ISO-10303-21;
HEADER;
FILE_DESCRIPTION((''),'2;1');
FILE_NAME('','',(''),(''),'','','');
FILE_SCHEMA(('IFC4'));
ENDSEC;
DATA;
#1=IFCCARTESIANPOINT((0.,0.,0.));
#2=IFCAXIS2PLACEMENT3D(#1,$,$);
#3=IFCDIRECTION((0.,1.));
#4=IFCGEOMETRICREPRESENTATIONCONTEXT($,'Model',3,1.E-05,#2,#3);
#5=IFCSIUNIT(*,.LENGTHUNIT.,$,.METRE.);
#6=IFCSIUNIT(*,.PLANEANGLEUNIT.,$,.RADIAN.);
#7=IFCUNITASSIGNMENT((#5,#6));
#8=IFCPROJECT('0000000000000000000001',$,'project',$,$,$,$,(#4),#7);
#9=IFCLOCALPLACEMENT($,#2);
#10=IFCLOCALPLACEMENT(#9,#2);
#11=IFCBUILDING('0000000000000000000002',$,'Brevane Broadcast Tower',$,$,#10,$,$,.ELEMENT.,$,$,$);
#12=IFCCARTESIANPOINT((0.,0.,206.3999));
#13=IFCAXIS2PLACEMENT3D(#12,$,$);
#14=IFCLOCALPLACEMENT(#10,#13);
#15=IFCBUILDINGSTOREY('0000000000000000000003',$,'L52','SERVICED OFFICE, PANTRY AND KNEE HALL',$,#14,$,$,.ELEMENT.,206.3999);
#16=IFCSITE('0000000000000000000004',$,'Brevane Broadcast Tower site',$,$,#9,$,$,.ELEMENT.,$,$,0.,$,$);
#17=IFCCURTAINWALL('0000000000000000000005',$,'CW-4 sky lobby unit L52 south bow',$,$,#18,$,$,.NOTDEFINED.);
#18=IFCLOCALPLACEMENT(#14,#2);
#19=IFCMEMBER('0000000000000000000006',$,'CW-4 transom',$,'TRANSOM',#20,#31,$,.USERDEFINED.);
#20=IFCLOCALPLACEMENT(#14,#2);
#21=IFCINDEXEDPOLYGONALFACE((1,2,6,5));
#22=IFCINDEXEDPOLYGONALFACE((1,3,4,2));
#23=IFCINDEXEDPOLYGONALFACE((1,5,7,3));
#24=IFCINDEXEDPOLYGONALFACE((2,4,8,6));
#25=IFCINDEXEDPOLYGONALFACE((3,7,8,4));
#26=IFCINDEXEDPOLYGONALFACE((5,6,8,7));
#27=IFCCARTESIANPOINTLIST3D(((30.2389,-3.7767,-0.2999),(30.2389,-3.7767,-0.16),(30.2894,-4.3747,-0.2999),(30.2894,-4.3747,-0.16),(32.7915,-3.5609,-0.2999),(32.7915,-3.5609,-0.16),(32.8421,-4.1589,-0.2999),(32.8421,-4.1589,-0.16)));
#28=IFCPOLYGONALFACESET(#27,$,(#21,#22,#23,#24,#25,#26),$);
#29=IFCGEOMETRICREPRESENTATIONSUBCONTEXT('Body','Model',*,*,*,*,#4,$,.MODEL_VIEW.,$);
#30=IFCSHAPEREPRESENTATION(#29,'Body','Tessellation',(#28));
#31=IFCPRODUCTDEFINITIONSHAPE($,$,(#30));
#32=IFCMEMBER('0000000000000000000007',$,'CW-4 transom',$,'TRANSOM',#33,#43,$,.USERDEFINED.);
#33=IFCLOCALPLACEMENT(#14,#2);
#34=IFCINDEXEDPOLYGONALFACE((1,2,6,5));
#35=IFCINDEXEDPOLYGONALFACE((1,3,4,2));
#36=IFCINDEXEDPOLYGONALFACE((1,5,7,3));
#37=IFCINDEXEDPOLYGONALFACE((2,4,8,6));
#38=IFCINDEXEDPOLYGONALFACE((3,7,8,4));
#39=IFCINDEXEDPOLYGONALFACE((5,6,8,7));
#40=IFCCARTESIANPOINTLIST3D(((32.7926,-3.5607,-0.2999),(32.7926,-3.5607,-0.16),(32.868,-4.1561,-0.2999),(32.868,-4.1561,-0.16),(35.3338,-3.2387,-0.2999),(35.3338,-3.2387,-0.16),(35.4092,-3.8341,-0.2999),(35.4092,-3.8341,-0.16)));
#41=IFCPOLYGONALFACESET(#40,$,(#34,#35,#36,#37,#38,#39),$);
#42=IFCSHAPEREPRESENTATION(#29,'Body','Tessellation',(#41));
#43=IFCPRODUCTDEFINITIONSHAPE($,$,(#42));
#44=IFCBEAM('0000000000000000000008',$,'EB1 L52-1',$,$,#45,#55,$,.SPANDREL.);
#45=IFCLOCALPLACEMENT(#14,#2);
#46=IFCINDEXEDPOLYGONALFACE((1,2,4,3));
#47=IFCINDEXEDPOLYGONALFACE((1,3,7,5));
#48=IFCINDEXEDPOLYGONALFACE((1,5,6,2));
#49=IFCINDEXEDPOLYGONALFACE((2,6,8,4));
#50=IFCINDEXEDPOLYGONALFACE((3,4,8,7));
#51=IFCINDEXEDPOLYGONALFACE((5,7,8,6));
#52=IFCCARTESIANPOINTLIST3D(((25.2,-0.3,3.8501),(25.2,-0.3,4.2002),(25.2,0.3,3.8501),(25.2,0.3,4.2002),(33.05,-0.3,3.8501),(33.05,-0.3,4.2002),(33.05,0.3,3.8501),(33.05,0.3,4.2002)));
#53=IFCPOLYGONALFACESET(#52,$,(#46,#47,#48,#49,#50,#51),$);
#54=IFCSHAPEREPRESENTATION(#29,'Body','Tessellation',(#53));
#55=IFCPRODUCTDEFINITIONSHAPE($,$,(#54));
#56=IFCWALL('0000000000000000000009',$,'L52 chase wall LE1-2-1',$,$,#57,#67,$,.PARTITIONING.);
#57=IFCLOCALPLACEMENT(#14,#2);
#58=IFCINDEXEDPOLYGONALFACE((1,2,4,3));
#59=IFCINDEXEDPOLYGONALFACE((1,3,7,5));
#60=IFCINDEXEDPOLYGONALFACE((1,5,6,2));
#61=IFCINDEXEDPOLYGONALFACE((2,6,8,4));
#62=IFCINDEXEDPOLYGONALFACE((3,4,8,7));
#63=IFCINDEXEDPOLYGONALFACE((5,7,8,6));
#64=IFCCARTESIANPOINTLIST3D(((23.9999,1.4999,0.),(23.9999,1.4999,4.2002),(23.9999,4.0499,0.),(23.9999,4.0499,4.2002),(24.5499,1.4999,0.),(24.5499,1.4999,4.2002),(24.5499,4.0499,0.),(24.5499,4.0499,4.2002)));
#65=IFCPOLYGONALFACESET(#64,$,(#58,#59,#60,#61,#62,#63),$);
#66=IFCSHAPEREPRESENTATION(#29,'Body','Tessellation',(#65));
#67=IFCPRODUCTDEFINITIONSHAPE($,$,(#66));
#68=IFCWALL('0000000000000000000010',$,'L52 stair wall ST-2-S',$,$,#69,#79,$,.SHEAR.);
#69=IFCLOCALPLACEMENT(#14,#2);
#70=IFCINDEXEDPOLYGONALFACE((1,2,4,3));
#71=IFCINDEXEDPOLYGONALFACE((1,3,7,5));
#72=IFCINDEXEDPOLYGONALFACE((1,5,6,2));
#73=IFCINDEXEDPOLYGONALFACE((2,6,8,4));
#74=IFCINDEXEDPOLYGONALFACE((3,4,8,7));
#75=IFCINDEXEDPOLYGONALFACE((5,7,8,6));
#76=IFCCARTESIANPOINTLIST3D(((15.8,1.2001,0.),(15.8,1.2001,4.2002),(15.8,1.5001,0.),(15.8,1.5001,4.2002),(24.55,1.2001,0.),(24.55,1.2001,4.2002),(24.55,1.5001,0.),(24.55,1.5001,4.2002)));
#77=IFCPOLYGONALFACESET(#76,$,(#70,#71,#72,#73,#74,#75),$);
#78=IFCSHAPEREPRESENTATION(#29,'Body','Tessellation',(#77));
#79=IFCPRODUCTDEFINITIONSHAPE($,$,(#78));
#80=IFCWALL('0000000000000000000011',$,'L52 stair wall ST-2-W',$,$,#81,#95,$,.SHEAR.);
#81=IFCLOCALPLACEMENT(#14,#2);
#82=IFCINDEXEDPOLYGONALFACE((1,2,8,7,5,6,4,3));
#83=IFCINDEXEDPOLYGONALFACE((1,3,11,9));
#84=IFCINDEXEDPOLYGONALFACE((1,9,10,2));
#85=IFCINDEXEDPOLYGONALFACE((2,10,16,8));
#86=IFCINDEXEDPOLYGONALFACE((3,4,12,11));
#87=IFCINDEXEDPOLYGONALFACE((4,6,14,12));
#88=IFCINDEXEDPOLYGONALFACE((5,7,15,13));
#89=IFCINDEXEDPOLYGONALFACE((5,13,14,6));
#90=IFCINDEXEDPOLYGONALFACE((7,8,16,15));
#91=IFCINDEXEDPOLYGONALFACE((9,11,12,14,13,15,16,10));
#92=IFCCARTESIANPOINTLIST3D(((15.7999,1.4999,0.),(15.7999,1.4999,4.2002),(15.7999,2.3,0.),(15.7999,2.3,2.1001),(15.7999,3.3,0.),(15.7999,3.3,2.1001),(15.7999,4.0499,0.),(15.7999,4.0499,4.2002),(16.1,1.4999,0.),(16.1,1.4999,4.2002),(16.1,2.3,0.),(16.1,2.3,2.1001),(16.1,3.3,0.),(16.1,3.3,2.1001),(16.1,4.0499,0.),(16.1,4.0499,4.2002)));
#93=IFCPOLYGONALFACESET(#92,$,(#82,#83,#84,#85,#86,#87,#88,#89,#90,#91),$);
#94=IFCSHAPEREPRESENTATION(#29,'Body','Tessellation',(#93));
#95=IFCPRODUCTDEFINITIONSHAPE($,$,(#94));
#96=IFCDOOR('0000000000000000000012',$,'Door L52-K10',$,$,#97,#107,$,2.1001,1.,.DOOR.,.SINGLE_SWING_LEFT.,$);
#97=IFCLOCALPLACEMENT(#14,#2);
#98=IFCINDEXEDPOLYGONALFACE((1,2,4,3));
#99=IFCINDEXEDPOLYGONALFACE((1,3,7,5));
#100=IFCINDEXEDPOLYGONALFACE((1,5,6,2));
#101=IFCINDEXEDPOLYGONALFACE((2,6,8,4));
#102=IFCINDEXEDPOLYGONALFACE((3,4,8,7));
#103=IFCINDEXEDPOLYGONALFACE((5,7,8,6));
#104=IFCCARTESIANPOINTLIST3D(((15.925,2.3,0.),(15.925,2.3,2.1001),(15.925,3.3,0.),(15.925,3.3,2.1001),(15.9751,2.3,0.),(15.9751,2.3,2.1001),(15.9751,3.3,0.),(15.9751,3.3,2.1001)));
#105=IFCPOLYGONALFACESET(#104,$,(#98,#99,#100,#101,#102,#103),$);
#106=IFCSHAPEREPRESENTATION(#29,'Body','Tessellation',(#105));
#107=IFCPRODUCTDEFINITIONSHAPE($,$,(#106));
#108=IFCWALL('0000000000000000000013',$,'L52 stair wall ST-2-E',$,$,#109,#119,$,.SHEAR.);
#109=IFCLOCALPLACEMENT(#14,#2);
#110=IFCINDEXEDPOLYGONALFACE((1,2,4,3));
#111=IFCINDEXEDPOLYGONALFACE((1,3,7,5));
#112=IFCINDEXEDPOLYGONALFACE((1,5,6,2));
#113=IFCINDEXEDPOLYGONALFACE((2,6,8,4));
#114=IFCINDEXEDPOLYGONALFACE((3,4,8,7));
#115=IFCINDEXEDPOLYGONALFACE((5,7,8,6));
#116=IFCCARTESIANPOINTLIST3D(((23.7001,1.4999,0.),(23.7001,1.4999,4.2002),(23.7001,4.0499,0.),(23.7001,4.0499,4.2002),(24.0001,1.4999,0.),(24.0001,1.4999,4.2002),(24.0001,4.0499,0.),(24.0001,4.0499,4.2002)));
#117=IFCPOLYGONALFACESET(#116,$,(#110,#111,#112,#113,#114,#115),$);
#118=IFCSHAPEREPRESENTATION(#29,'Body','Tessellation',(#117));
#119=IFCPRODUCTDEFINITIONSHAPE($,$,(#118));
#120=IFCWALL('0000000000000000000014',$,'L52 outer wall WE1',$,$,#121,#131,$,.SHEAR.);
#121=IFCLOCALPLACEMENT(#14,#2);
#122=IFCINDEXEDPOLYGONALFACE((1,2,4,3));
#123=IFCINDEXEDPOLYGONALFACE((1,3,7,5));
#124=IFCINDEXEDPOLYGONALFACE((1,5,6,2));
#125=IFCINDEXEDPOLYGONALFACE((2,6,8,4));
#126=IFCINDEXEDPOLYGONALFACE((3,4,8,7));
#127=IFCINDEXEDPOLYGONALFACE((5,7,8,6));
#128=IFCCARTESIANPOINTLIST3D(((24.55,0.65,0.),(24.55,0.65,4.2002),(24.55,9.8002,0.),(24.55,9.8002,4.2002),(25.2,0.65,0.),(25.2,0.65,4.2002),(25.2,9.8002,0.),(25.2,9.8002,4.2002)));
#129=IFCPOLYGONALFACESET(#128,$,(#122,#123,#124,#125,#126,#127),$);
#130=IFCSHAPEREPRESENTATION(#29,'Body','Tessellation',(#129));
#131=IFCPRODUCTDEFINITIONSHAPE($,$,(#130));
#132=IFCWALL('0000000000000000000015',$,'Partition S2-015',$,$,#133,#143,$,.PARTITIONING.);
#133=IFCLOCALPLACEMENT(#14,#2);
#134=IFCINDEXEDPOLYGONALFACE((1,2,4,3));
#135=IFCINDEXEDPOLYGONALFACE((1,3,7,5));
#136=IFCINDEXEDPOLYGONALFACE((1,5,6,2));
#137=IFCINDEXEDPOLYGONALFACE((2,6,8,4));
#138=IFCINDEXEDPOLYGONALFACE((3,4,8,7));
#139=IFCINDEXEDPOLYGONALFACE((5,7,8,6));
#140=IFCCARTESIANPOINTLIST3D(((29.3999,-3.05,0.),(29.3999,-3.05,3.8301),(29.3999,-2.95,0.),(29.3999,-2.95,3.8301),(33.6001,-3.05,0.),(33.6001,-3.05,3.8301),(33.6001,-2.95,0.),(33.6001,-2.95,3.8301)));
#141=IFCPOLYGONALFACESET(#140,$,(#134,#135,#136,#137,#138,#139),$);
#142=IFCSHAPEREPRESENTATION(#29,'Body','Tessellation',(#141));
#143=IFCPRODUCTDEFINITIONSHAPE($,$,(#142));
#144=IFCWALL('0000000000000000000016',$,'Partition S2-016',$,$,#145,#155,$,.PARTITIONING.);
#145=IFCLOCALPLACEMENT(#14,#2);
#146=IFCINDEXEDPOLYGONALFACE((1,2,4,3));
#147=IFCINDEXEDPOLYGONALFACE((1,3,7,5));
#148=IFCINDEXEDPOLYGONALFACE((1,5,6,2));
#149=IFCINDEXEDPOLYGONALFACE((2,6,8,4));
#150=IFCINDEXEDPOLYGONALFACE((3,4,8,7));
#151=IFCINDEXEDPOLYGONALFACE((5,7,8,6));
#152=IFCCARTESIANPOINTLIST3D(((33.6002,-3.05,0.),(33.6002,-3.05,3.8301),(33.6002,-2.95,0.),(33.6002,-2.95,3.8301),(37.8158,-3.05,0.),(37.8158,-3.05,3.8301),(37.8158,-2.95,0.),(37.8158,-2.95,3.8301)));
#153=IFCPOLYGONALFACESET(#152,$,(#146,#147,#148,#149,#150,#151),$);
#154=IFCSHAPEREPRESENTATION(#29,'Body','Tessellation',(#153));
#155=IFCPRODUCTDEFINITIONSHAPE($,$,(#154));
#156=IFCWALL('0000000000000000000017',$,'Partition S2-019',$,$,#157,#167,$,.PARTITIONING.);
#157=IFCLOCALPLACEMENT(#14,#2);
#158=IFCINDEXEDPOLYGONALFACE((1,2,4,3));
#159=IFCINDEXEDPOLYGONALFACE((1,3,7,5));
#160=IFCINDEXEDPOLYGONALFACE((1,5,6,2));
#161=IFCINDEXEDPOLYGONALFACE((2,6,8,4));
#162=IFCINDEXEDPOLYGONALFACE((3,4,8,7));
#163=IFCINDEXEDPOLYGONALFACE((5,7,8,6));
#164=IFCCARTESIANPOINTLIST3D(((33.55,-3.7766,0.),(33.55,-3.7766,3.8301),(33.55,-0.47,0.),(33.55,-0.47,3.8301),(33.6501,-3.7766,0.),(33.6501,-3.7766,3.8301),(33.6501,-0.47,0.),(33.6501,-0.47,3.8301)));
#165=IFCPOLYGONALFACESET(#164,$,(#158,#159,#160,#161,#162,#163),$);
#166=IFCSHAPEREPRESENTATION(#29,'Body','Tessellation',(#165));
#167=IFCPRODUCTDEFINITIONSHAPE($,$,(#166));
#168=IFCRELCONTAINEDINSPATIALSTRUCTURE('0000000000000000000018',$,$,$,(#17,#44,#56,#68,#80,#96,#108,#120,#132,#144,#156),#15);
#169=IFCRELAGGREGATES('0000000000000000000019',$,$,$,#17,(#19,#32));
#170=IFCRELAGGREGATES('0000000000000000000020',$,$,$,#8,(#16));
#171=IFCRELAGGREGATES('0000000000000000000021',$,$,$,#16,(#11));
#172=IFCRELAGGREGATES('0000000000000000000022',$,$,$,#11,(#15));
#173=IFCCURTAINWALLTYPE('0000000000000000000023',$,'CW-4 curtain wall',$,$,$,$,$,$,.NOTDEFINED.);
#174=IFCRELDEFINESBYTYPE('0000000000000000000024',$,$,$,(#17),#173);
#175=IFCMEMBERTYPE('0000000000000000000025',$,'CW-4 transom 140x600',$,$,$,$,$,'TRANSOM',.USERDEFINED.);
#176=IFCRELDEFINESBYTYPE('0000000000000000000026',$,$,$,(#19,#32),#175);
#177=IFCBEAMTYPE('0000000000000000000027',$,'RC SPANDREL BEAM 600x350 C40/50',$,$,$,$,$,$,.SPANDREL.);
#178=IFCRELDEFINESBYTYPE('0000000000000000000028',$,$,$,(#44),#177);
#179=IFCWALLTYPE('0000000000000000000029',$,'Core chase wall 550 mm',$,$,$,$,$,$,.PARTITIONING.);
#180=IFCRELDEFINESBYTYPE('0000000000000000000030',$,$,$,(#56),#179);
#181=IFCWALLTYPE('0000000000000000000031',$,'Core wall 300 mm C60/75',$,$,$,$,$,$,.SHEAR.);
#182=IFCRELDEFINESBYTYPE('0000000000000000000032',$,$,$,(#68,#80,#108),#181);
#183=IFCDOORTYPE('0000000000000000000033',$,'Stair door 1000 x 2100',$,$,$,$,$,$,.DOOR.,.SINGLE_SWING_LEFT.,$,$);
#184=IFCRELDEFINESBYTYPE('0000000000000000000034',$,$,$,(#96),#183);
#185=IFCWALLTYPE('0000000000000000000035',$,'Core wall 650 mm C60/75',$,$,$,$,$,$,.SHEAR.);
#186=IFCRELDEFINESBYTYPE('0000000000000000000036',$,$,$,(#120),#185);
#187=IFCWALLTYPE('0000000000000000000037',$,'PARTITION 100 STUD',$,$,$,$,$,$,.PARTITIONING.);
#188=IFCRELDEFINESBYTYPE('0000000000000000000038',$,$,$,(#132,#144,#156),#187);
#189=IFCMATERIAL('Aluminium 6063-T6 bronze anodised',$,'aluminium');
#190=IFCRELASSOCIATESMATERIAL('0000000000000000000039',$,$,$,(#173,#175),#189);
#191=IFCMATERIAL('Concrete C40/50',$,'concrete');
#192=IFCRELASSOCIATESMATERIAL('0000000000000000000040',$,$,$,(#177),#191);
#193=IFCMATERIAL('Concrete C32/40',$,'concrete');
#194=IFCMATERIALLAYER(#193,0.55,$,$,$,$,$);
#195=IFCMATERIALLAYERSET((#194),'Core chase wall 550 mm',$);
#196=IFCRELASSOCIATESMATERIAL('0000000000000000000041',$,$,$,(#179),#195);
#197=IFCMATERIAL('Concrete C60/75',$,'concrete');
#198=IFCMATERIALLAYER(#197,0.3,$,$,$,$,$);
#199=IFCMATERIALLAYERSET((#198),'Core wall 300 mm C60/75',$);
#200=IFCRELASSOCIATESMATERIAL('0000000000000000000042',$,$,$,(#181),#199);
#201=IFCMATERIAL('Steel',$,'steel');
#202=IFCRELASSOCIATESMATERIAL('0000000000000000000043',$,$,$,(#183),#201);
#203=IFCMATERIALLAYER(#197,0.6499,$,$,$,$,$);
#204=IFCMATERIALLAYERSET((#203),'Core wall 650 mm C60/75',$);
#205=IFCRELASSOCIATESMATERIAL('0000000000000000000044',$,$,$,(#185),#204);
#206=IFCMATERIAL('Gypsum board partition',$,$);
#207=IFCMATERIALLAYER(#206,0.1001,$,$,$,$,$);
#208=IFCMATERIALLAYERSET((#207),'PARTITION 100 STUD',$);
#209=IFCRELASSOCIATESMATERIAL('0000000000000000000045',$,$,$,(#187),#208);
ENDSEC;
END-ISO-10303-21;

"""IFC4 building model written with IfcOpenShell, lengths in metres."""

from ifc_helpers import new_model, si_unit, direction, frame, frame_2d, origin, origin_2d, place, context, subcontext, project, spatial, rectangle, extrude, material, layer, layer_set, material_profile, profile_set, type_object, element, fill, aggregate, save


model = new_model("IFC4")

# Units and contexts
model_context = context("Model", 3, precision=1e-05, world=origin(), true_north=direction((0.0, 1.0)))
body_context = subcontext(model_context, "Body", "Model", "MODEL_VIEW")
ifc_project = project(units=[si_unit("LENGTHUNIT", "METRE"), si_unit("PLANEANGLEUNIT", "RADIAN")], contexts=[model_context])

# Site, building, storey
site_placement = place(None, origin())
site = spatial("IfcSite", under=ifc_project, at=site_placement, Name="Brevane Broadcast Tower site", CompositionType="ELEMENT", RefElevation=0.0)
building_placement = place(site_placement, origin())
building = spatial("IfcBuilding", under=site, at=building_placement, Name="Brevane Broadcast Tower", CompositionType="ELEMENT")
storey_placement = place(building_placement, frame((0.0, 0.0, 206.3999)))
storey = spatial("IfcBuildingStorey", under=building, at=storey_placement, Name="L52", Description="SERVICED OFFICE, PANTRY AND KNEE HALL", CompositionType="ELEMENT", Elevation=206.3999)

# Curtain wall, members
ifc_material_1 = material(Name="Aluminium 6063-T6 bronze anodised", Category="aluminium")
curtain_wall_type = type_object("IfcCurtainWallType", Name="CW-4 curtain wall", PredefinedType="NOTDEFINED", material=ifc_material_1)
curtain_wall_placement = place(storey_placement, origin())
curtain_wall = element("IfcCurtainWall", 1, at=curtain_wall_placement, inside=storey, type_object=curtain_wall_type, Name="CW-4 sky lobby unit L52 south bow", PredefinedType="NOTDEFINED")
ifc_material_profile_1 = material_profile(ifc_material_1, rectangle(XDim=0.6001, YDim=0.1399, at=origin_2d()), Name="RECT 140x600")
ifc_profile_set_1 = profile_set([ifc_material_profile_1], Name="Aluminium 6063-T6 bronze anodised")
member_type_1 = type_object("IfcMemberType", Name="CW-4 transom 140x600", ElementType="TRANSOM", PredefinedType="USERDEFINED", material=ifc_profile_set_1)
member_1_placement = place(storey_placement, frame((30.2642, -4.0757, -0.23), z_axis=(0.996445, 0.084244, 0.0), x_axis=(-0.084244, 0.996445, 0.0)))
member_1 = element("IfcMember", 2, at=member_1_placement, type_object=member_type_1, Name="CW-4 transom", ObjectType="TRANSOM", PredefinedType="USERDEFINED", context=body_context, shape_type="SweptSolid", body=[
    extrude(rectangle(XDim=0.6001, YDim=0.1399, at=origin_2d()), origin(), (0.0, 0.0, 1.0), 2.5618),
])
member_2_placement = place(storey_placement, frame((32.8303, -3.8584, -0.23), z_axis=(0.992067, 0.125712, 0.0), x_axis=(-0.125712, 0.992067, 0.0)))
member_2 = element("IfcMember", 3, at=member_2_placement, type_object=member_type_1, Name="CW-4 transom", ObjectType="TRANSOM", PredefinedType="USERDEFINED", context=body_context, shape_type="SweptSolid", body=[
    extrude(rectangle(XDim=0.6001, YDim=0.1399, at=origin_2d()), origin(), (0.0, 0.0, 1.0), 2.5615),
])
aggregate(curtain_wall, [member_1, member_2])

# Beam
ifc_material_2 = material(Name="Concrete C40/50", Category="concrete")
ifc_material_profile_2 = material_profile(ifc_material_2, rectangle(XDim=0.6001, YDim=0.3501, at=origin_2d()), Name="RC 600x350")
ifc_profile_set_2 = profile_set([ifc_material_profile_2], Name="Concrete C40/50")
beam_type = type_object("IfcBeamType", Name="RC SPANDREL BEAM 600x350 C40/50", PredefinedType="SPANDREL", material=ifc_profile_set_2)
beam_placement = place(storey_placement, frame((25.2, 0.0, 4.0251), z_axis=(1.0, 0.0, 0.0), x_axis=(0.0, 1.0, 0.0)))
element("IfcBeam", 4, at=beam_placement, inside=storey, type_object=beam_type, Name="EB1 L52-1", PredefinedType="SPANDREL", context=body_context, shape_type="SweptSolid", body=[
    extrude(rectangle(XDim=0.6001, YDim=0.3501, at=origin_2d()), origin(), (0.0, 0.0, 1.0), 7.8501),
])

# Walls
ifc_material_3 = material(Name="Concrete C32/40", Category="concrete")
ifc_layer_1 = layer(ifc_material_3, 0.55)
ifc_layer_set_1 = layer_set([ifc_layer_1], Name="Core chase wall 550 mm")
wall_type_1 = type_object("IfcWallType", Name="Core chase wall 550 mm", PredefinedType="PARTITIONING", material=ifc_layer_set_1)
wall_1_placement = place(storey_placement, frame((24.2749, 1.5, 0.0), z_axis=(0.0, 0.0, 1.0), x_axis=(0.0, 1.0, 0.0)))
element("IfcWall", 5, at=wall_1_placement, inside=storey, type_object=wall_type_1, Name="L52 chase wall LE1-2-1", PredefinedType="PARTITIONING", context=body_context, shape_type="SweptSolid", body=[
    extrude(rectangle(XDim=2.55, YDim=0.55, at=frame_2d((1.2749, 0.0))), origin(), (0.0, 0.0, 1.0), 4.2002),
])
ifc_material_4 = material(Name="Concrete C60/75", Category="concrete")
ifc_layer_2 = layer(ifc_material_4, 0.3)
ifc_layer_set_2 = layer_set([ifc_layer_2], Name="Core wall 300 mm C60/75")
wall_type_2 = type_object("IfcWallType", Name="Core wall 300 mm C60/75", PredefinedType="SHEAR", material=ifc_layer_set_2)
wall_2_placement = place(storey_placement, frame((15.8, 1.3501, 0.0), z_axis=(0.0, 0.0, 1.0), x_axis=(1.0, 0.0, 0.0)))
element("IfcWall", 6, at=wall_2_placement, inside=storey, type_object=wall_type_2, Name="L52 stair wall ST-2-S", PredefinedType="SHEAR", context=body_context, shape_type="SweptSolid", body=[
    extrude(rectangle(XDim=8.75, YDim=0.3, at=frame_2d((4.375, 0.0))), origin(), (0.0, 0.0, 1.0), 4.2002),
])

# Wall, opening, door
wall_3_placement = place(storey_placement, frame((15.95, 1.5, 0.0), z_axis=(0.0, 0.0, 1.0), x_axis=(0.0, 1.0, 0.0)))
wall_3 = element("IfcWall", 7, at=wall_3_placement, inside=storey, type_object=wall_type_2, Name="L52 stair wall ST-2-W", PredefinedType="SHEAR", context=body_context, shape_type="SweptSolid", body=[
    extrude(rectangle(XDim=2.55, YDim=0.3, at=frame_2d((1.2749, 0.0))), origin(), (0.0, 0.0, 1.0), 4.2002),
])
opening_placement = place(wall_3_placement, frame((0.8, 0.0, 0.0)))
opening = element("IfcOpeningElement", 8, at=opening_placement, cuts=wall_3, PredefinedType="OPENING", context=body_context, shape_type="SweptSolid", body=[
    extrude(rectangle(XDim=1.0, YDim=2.1001, at=frame_2d((0.5, 1.05))), frame((0.0, 0.1599, 0.0), z_axis=(0.0, -1.0, 0.0), x_axis=(1.0, 0.0, 0.0)), (0.0, 0.0, 1.0), 0.3201),
])
ifc_material_5 = material(Name="Steel", Category="steel")
door_type = type_object("IfcDoorType", Name="Stair door 1000 x 2100", OperationType="SINGLE_SWING_LEFT", PredefinedType="DOOR", material=ifc_material_5)
door_placement = place(opening_placement, origin())
door = element("IfcDoor", 9, at=door_placement, inside=storey, type_object=door_type, Name="Door L52-K10", OperationType="SINGLE_SWING_LEFT", OverallHeight=2.1001, OverallWidth=1.0, PredefinedType="DOOR", context=body_context, shape_type="SweptSolid", body=[
    extrude(rectangle(XDim=1.0, YDim=2.1001, at=frame_2d((0.5, 1.05))), frame((0.0, 0.0249, 0.0), z_axis=(0.0, -1.0, 0.0), x_axis=(1.0, 0.0, 0.0)), (0.0, 0.0, 1.0), 0.05),
])
fill(opening, door)

# Walls
wall_4_placement = place(storey_placement, frame((23.8501, 1.5, 0.0), z_axis=(0.0, 0.0, 1.0), x_axis=(0.0, 1.0, 0.0)))
element("IfcWall", 10, at=wall_4_placement, inside=storey, type_object=wall_type_2, Name="L52 stair wall ST-2-E", PredefinedType="SHEAR", context=body_context, shape_type="SweptSolid", body=[
    extrude(rectangle(XDim=2.55, YDim=0.3, at=frame_2d((1.2749, 0.0))), origin(), (0.0, 0.0, 1.0), 4.2002),
])
ifc_layer_3 = layer(ifc_material_4, 0.6499)
ifc_layer_set_3 = layer_set([ifc_layer_3], Name="Core wall 650 mm C60/75")
wall_type_3 = type_object("IfcWallType", Name="Core wall 650 mm C60/75", PredefinedType="SHEAR", material=ifc_layer_set_3)
wall_5_placement = place(storey_placement, frame((24.875, 0.6499, 0.0), z_axis=(0.0, 0.0, 1.0), x_axis=(0.0, 1.0, 0.0)))
element("IfcWall", 11, at=wall_5_placement, inside=storey, type_object=wall_type_3, Name="L52 outer wall WE1", PredefinedType="SHEAR", context=body_context, shape_type="SweptSolid", body=[
    extrude(rectangle(XDim=9.1501, YDim=0.6499, at=frame_2d((4.5752, 0.0))), origin(), (0.0, 0.0, 1.0), 4.2002),
])
ifc_material_6 = material(Name="Gypsum board partition")
ifc_layer_4 = layer(ifc_material_6, 0.1001)
ifc_layer_set_4 = layer_set([ifc_layer_4], Name="PARTITION 100 STUD")
wall_type_4 = type_object("IfcWallType", Name="PARTITION 100 STUD", PredefinedType="PARTITIONING", material=ifc_layer_set_4)
wall_6_placement = place(storey_placement, frame((29.3999, -3.0, 0.0), z_axis=(0.0, 0.0, 1.0), x_axis=(1.0, 0.0, 0.0)))
element("IfcWall", 12, at=wall_6_placement, inside=storey, type_object=wall_type_4, Name="Partition S2-015", PredefinedType="PARTITIONING", context=body_context, shape_type="SweptSolid", body=[
    extrude(rectangle(XDim=4.2002, YDim=0.1001, at=frame_2d((2.1001, 0.0))), origin(), (0.0, 0.0, 1.0), 3.8301),
])
wall_7_placement = place(storey_placement, frame((33.6001, -3.0, 0.0), z_axis=(0.0, 0.0, 1.0), x_axis=(1.0, 0.0, 0.0)))
element("IfcWall", 13, at=wall_7_placement, inside=storey, type_object=wall_type_4, Name="Partition S2-016", PredefinedType="PARTITIONING", context=body_context, shape_type="SweptSolid", body=[
    extrude(rectangle(XDim=4.2156, YDim=0.1001, at=frame_2d((2.1079, 0.0))), origin(), (0.0, 0.0, 1.0), 3.8301),
])
wall_8_placement = place(storey_placement, frame((33.6001, -0.47, 0.0), z_axis=(0.0, 0.0, 1.0), x_axis=(0.0, -1.0, 0.0)))
element("IfcWall", 14, at=wall_8_placement, inside=storey, type_object=wall_type_4, Name="Partition S2-019", PredefinedType="PARTITIONING", context=body_context, shape_type="SweptSolid", body=[
    extrude(rectangle(XDim=3.3066, YDim=0.1001, at=frame_2d((1.6533, 0.0))), origin(), (0.0, 0.0, 1.0), 3.8301),
])

save(model, "model.ifc")
